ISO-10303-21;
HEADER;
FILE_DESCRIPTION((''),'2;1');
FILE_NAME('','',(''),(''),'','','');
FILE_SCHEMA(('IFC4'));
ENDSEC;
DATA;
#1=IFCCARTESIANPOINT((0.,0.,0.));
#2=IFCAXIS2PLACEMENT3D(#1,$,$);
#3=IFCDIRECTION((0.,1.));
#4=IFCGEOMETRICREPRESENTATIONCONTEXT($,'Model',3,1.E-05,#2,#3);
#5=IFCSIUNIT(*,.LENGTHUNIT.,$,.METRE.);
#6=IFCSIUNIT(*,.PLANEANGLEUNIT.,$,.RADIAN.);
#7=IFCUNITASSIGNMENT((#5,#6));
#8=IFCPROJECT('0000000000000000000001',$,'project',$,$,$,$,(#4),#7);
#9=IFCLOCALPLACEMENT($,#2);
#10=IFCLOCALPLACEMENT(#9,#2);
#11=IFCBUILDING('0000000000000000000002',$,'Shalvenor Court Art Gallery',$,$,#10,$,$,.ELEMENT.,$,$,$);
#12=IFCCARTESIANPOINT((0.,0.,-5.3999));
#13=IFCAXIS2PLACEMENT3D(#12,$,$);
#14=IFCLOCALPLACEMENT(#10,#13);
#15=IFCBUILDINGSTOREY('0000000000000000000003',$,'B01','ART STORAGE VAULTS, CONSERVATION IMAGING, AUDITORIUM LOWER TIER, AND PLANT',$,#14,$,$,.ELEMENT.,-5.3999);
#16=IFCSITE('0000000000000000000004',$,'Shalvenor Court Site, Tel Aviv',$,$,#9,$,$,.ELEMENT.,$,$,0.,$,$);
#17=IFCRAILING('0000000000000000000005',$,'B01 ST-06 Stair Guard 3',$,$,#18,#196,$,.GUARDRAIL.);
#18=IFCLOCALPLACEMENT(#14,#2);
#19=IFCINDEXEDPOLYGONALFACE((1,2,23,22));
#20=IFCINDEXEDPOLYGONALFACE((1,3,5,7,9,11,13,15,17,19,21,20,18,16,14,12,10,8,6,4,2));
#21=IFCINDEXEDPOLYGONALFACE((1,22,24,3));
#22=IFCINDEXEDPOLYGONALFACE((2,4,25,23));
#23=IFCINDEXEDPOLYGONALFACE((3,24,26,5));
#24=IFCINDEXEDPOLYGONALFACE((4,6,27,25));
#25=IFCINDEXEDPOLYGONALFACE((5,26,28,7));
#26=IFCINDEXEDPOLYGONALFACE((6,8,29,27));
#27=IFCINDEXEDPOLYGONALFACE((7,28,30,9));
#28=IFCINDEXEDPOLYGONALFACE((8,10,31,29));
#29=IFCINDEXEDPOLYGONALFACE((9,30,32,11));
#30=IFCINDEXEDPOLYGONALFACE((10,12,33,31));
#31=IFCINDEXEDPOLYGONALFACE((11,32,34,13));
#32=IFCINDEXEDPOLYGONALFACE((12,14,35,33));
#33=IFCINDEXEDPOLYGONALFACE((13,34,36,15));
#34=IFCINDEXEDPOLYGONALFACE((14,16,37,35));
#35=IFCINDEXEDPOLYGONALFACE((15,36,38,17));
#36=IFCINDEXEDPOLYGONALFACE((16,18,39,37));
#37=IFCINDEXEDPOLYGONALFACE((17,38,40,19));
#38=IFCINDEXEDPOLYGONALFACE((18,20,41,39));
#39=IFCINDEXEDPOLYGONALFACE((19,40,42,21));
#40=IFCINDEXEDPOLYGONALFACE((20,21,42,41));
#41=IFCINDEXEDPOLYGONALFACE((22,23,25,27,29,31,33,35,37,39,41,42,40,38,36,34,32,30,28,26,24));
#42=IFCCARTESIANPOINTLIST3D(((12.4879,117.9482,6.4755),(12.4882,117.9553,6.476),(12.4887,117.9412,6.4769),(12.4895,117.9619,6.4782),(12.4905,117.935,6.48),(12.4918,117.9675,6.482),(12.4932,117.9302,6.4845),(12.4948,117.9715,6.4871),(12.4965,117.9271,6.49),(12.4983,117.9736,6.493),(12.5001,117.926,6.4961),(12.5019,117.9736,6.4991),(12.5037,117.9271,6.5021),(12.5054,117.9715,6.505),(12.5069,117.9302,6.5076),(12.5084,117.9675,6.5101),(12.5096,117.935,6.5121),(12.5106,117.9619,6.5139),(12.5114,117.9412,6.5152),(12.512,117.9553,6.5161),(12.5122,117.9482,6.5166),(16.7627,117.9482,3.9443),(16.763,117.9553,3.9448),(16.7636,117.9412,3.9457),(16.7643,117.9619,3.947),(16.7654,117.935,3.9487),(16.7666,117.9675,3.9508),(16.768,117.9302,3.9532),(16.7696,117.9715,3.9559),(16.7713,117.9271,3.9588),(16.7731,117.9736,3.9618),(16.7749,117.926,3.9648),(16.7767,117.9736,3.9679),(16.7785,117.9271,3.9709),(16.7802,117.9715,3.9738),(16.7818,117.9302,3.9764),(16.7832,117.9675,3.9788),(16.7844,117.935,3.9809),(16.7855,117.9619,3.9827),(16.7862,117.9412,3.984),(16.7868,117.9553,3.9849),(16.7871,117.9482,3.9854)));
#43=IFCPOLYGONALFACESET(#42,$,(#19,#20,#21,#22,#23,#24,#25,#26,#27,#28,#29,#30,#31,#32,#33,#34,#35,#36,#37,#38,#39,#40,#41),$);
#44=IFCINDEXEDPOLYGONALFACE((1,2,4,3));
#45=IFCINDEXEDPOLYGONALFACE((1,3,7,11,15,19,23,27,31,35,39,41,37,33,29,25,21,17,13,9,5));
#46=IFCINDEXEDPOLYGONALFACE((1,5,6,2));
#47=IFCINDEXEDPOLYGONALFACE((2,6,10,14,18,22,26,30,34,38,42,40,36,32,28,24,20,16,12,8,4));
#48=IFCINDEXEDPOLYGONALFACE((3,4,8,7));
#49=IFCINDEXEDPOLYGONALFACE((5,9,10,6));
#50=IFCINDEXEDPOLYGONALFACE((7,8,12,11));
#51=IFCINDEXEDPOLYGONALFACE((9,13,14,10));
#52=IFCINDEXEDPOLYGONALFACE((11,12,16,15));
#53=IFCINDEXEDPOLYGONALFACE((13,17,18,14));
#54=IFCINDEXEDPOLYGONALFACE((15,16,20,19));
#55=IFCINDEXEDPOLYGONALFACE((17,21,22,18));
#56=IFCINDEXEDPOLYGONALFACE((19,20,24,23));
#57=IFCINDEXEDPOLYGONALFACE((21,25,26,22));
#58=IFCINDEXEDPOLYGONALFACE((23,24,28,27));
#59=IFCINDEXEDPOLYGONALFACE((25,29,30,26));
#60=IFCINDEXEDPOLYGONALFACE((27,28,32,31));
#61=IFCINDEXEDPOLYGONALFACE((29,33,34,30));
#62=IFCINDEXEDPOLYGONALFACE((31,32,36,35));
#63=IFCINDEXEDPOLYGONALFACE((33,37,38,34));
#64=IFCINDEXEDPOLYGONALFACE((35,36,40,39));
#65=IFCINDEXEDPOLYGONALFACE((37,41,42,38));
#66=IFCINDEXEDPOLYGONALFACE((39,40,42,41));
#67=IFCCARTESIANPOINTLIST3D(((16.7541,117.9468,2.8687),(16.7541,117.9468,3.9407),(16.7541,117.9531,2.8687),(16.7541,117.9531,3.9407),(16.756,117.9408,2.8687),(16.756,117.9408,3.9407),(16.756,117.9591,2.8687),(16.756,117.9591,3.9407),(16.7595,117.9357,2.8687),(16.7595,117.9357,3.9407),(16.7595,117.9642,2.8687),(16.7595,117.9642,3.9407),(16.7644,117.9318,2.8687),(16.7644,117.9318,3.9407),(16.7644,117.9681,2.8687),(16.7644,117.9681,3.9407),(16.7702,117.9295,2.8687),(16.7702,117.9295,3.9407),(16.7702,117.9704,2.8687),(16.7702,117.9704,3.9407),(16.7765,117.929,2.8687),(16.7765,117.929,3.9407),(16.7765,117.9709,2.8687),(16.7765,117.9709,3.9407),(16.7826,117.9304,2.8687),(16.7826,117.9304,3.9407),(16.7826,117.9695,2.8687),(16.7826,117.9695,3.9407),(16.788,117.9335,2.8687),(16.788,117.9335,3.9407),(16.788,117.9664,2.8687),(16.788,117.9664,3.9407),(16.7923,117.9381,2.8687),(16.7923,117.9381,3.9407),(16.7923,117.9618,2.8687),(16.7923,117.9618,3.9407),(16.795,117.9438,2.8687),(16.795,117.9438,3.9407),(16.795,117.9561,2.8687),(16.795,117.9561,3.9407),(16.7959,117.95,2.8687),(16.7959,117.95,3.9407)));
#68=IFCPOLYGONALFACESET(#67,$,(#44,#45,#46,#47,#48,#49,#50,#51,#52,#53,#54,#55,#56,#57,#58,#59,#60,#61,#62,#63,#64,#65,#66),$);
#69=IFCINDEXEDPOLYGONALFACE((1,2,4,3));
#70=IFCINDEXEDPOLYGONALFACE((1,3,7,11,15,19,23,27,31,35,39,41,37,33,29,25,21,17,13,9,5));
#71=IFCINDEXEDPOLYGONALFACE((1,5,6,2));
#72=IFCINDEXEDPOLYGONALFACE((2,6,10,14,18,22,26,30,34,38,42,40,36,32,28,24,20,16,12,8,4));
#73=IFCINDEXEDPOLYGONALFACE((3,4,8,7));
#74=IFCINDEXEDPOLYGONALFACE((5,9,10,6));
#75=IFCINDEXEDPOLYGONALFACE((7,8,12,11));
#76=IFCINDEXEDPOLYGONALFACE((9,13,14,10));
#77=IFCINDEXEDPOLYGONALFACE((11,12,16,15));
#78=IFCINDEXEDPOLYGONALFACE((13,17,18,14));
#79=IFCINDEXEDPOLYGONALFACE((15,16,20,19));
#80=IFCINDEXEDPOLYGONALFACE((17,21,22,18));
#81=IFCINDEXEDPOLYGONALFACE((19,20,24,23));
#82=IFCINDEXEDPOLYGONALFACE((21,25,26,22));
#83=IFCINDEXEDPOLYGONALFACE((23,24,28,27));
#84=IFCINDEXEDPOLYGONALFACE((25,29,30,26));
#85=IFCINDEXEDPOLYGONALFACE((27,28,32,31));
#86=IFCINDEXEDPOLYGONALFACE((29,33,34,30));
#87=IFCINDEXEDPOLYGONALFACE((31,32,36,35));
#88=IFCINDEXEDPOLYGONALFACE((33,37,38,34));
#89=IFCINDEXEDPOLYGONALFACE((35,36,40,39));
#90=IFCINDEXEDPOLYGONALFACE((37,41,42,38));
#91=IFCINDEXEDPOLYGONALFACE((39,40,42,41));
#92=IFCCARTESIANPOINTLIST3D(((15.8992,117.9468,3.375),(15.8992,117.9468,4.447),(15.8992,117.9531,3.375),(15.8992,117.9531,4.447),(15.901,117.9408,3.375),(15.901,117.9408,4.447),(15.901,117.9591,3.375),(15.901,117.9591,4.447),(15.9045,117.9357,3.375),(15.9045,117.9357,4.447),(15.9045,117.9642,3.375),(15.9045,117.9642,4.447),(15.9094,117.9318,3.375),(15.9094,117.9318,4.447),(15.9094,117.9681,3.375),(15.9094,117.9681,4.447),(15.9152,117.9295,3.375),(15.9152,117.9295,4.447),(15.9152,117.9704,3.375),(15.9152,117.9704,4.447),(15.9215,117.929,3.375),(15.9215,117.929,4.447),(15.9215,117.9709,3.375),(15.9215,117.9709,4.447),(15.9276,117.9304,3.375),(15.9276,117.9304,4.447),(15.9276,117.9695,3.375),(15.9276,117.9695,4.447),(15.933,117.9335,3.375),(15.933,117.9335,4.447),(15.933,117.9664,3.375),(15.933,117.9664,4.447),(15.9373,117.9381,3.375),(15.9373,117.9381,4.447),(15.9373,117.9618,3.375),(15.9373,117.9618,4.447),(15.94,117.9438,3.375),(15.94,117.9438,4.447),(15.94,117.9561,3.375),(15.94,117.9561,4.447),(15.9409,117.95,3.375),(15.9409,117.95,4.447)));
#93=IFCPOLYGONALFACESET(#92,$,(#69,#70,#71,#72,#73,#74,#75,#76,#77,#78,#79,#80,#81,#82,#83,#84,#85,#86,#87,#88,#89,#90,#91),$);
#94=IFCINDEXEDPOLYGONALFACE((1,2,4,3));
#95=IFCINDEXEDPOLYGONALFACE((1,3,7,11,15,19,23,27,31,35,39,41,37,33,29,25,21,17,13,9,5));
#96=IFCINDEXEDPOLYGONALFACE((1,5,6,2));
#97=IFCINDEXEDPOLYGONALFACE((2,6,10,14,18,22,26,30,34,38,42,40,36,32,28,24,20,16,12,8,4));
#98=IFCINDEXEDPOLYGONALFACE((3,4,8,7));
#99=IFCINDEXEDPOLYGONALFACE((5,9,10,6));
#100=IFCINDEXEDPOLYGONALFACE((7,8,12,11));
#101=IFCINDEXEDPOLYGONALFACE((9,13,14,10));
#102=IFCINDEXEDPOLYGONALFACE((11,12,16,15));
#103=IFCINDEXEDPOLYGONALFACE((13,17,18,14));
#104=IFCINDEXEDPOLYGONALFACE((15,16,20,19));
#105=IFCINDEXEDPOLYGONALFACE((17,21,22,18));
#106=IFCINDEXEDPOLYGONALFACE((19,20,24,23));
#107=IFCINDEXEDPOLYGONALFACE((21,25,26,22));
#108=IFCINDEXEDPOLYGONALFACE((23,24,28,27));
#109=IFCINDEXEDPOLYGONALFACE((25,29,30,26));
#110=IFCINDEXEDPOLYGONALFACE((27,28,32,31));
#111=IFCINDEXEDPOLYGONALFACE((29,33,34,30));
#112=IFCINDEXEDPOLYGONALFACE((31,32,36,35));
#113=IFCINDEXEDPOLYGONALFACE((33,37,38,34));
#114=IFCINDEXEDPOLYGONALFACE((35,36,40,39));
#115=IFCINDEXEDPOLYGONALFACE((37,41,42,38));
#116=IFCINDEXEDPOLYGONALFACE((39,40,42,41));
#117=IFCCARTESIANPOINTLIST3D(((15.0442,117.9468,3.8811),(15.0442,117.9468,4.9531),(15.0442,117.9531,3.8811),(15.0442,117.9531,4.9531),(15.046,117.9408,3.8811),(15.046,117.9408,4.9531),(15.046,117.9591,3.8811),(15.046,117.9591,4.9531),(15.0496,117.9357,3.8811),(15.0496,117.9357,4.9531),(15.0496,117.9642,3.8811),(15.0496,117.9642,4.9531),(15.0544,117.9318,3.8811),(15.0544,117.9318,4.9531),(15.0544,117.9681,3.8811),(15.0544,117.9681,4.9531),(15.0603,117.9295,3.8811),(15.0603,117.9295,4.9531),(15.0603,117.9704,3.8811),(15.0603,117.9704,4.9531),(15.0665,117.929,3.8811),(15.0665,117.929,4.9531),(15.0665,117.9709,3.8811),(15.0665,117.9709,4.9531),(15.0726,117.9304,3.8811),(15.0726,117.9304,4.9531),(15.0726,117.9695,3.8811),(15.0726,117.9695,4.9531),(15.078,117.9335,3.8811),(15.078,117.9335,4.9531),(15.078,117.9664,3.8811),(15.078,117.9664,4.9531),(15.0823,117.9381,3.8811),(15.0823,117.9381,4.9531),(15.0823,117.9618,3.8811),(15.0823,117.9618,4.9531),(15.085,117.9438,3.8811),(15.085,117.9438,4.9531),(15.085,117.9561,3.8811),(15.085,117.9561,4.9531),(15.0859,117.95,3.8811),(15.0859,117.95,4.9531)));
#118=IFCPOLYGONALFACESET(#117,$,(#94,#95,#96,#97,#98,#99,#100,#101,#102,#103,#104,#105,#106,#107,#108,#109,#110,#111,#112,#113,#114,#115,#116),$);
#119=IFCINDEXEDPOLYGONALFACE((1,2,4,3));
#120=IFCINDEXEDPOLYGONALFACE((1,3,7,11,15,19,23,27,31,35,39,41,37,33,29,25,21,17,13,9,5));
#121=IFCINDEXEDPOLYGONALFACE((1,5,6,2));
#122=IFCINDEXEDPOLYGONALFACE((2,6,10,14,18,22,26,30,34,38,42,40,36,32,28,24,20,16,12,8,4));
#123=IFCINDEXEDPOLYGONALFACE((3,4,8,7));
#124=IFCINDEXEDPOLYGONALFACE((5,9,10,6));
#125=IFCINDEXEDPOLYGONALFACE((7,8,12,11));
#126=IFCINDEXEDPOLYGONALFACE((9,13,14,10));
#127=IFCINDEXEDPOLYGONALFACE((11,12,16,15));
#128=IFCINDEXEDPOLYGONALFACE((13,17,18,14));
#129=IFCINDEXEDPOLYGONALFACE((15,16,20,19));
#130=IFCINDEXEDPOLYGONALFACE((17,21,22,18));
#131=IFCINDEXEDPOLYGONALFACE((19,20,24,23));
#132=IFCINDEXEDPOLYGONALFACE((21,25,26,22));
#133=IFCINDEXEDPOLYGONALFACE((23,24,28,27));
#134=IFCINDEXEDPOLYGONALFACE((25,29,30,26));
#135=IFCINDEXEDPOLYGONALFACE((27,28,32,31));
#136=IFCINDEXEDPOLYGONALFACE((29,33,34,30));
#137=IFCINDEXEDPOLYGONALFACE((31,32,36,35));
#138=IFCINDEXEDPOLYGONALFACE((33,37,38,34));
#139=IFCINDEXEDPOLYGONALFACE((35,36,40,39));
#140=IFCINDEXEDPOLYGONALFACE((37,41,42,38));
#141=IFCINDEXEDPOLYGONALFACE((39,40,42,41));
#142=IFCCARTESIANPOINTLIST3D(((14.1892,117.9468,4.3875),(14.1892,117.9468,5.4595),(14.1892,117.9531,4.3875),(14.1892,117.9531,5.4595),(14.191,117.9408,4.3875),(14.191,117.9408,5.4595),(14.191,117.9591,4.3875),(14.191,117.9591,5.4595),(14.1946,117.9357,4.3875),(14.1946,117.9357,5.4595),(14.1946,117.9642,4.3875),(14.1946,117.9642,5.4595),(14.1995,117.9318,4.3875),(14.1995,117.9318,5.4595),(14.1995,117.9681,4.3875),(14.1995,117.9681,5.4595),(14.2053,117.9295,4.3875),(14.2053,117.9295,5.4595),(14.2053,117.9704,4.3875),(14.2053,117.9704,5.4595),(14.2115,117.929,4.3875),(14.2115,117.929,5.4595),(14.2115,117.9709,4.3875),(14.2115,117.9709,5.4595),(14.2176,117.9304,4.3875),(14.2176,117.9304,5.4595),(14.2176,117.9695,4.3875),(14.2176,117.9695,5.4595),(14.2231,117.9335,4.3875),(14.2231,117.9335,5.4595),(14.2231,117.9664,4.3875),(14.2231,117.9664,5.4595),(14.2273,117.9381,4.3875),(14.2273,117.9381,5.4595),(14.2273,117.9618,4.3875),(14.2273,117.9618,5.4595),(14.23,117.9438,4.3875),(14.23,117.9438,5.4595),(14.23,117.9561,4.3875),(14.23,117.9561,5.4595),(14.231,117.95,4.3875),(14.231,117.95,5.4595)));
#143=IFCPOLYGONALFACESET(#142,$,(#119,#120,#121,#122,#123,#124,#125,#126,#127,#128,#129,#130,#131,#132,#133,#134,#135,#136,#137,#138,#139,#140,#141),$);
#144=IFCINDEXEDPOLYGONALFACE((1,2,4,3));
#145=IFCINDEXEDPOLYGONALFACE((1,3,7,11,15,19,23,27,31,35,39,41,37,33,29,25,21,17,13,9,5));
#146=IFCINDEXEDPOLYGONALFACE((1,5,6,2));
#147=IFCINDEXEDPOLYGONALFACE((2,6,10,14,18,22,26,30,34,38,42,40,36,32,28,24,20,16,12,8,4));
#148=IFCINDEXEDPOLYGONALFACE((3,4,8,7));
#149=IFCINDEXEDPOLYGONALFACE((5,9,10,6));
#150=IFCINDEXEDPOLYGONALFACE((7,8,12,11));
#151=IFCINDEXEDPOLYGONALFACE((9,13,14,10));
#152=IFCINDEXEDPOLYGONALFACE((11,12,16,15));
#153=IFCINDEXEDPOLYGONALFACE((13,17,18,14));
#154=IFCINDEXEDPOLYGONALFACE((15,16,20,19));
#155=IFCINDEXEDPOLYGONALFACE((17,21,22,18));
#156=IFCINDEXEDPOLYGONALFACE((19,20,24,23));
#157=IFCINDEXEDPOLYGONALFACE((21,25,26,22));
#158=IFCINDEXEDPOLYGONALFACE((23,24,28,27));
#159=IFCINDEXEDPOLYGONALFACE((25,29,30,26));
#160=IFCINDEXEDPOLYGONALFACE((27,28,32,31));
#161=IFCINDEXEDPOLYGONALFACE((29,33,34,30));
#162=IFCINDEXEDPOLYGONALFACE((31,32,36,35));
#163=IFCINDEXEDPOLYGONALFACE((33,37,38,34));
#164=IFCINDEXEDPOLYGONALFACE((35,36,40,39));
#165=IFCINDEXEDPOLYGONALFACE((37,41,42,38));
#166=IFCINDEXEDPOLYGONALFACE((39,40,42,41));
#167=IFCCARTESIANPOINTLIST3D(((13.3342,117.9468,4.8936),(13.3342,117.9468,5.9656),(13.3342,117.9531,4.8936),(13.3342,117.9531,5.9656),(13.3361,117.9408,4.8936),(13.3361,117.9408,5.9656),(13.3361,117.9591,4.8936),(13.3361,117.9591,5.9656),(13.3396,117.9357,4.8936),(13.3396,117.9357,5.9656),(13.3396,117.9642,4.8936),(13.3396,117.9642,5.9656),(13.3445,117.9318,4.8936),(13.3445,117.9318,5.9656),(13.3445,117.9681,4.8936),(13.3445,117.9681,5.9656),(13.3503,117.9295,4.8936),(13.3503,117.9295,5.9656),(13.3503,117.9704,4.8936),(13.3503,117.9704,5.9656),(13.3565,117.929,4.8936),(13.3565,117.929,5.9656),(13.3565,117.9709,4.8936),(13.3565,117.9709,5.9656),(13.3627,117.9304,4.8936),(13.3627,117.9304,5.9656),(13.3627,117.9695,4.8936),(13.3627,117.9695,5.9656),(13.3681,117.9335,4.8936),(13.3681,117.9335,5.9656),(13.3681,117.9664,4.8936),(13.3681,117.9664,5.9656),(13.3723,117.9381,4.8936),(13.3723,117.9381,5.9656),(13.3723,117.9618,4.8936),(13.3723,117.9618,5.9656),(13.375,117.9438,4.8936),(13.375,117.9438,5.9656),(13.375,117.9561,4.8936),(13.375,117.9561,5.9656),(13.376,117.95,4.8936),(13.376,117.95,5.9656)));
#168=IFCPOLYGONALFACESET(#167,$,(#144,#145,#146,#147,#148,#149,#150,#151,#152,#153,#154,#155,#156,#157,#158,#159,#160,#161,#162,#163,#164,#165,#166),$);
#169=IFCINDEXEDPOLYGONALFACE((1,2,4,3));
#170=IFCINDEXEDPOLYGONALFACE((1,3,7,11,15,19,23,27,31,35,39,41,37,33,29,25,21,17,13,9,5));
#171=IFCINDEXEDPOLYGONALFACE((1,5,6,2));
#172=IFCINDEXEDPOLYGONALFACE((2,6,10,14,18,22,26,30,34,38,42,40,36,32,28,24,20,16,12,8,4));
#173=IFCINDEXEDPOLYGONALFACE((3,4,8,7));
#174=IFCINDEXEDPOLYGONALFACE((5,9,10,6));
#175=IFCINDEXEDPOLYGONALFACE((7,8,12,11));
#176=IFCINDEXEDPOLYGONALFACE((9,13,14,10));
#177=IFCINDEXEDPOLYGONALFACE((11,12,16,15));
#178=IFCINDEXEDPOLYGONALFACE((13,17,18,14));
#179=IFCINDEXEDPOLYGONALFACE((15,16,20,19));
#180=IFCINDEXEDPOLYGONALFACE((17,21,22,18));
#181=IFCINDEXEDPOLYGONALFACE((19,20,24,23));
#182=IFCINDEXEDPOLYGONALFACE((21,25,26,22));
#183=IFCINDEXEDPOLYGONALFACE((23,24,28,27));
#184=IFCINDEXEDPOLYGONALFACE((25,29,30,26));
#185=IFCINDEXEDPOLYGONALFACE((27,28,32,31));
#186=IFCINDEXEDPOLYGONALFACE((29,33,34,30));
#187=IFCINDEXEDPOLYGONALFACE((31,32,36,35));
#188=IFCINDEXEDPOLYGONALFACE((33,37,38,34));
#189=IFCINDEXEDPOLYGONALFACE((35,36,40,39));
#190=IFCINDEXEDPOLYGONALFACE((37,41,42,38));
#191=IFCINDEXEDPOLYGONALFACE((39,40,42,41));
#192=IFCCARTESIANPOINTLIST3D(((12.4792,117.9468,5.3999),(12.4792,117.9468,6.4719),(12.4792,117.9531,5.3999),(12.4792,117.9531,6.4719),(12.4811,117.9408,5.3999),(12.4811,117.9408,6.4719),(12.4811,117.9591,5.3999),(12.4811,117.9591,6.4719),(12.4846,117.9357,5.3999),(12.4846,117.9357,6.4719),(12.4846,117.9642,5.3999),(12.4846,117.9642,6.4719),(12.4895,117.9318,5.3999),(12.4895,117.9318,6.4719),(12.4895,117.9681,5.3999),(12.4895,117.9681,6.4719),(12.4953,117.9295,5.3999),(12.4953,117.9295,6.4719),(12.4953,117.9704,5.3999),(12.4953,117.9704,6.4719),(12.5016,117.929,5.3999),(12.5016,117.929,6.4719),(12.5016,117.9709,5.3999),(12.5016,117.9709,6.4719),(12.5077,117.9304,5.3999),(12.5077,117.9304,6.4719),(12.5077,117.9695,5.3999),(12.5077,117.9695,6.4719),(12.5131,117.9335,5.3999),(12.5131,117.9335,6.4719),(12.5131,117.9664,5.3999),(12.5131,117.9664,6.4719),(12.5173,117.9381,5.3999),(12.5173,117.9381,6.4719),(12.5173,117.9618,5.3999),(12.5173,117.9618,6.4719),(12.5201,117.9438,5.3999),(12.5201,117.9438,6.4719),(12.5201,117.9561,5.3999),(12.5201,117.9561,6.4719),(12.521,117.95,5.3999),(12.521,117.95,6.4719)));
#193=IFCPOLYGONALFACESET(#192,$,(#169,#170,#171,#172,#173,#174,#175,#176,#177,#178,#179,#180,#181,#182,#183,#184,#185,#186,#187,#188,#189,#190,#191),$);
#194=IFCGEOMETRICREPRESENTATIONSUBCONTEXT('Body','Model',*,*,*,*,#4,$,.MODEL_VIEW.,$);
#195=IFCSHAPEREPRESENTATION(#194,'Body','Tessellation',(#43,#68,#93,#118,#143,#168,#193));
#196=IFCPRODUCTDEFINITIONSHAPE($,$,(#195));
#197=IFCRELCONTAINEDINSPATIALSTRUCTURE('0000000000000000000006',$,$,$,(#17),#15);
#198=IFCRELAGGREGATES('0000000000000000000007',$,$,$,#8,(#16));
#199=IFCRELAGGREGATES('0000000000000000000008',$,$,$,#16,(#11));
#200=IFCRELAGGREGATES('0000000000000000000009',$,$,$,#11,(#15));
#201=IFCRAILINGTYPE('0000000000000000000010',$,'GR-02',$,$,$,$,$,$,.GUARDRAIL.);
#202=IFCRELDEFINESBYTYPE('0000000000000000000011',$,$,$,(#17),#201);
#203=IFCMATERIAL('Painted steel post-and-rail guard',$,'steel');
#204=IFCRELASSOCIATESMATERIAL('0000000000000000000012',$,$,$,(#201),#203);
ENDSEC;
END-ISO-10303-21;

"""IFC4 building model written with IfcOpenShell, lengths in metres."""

from ifc_helpers import new_model, si_unit, direction, frame, origin, origin_2d, place, context, subcontext, project, spatial, circle, extrude, material, type_object, element, save


model = new_model("IFC4")

# Units and contexts
model_context = context("Model", 3, precision=1e-05, world=origin(), true_north=direction((0.0, 1.0)))
body_context = subcontext(model_context, "Body", "Model", "MODEL_VIEW")
ifc_project = project(units=[si_unit("LENGTHUNIT", "METRE"), si_unit("PLANEANGLEUNIT", "RADIAN")], contexts=[model_context])

# Site, building, storey
site_placement = place(None, origin())
site = spatial("IfcSite", under=ifc_project, at=site_placement, Name="Shalvenor Court Site, Tel Aviv", CompositionType="ELEMENT", RefElevation=0.0)
building_placement = place(site_placement, origin())
building = spatial("IfcBuilding", under=site, at=building_placement, Name="Shalvenor Court Art Gallery", CompositionType="ELEMENT")
storey_placement = place(building_placement, frame((0.0, 0.0, -5.3999)))
storey = spatial("IfcBuildingStorey", under=building, at=storey_placement, Name="B01", Description="ART STORAGE VAULTS, CONSERVATION IMAGING, AUDITORIUM LOWER TIER, AND PLANT", CompositionType="ELEMENT", Elevation=-5.3999)

# Railing
ifc_material_1 = material(Name="Painted steel post-and-rail guard", Category="steel")
railing_type_1 = type_object("IfcRailingType", Name="GR-02", PredefinedType="GUARDRAIL", material=ifc_material_1)
railing_1_placement = place(storey_placement, frame((16.7749, 117.95, 2.8687)))
element("IfcRailing", 1, at=railing_1_placement, inside=storey, type_object=railing_type_1, Name="B01 ST-06 Stair Guard 3", PredefinedType="GUARDRAIL", context=body_context, shape_type="SweptSolid", body=[
    extrude(circle(Radius=0.0239, at=origin_2d()), frame((0.0, 0.0, 1.0962), z_axis=(-0.86047, 0.0, 0.509501), x_axis=(0.0, -1.0, 0.0)), (0.0, 0.0, 1.0), 4.968),
    extrude(circle(Radius=0.021, at=origin_2d()), origin(), (0.0, 0.0, 1.0), 1.072),
    extrude(circle(Radius=0.021, at=origin_2d()), frame((-0.855, 0.0, 0.5063)), (0.0, 0.0, 1.0), 1.072),
    extrude(circle(Radius=0.021, at=origin_2d()), frame((-1.71, 0.0, 1.0125)), (0.0, 0.0, 1.0), 1.072),
    extrude(circle(Radius=0.021, at=origin_2d()), frame((-2.5649, 0.0, 1.5188)), (0.0, 0.0, 1.0), 1.072),
    extrude(circle(Radius=0.021, at=origin_2d()), frame((-3.4199, 0.0, 2.0249)), (0.0, 0.0, 1.0), 1.072),
    extrude(circle(Radius=0.021, at=origin_2d()), frame((-4.2749, 0.0, 2.5312)), (0.0, 0.0, 1.0), 1.072),
])

save(model, "model.ifc")
